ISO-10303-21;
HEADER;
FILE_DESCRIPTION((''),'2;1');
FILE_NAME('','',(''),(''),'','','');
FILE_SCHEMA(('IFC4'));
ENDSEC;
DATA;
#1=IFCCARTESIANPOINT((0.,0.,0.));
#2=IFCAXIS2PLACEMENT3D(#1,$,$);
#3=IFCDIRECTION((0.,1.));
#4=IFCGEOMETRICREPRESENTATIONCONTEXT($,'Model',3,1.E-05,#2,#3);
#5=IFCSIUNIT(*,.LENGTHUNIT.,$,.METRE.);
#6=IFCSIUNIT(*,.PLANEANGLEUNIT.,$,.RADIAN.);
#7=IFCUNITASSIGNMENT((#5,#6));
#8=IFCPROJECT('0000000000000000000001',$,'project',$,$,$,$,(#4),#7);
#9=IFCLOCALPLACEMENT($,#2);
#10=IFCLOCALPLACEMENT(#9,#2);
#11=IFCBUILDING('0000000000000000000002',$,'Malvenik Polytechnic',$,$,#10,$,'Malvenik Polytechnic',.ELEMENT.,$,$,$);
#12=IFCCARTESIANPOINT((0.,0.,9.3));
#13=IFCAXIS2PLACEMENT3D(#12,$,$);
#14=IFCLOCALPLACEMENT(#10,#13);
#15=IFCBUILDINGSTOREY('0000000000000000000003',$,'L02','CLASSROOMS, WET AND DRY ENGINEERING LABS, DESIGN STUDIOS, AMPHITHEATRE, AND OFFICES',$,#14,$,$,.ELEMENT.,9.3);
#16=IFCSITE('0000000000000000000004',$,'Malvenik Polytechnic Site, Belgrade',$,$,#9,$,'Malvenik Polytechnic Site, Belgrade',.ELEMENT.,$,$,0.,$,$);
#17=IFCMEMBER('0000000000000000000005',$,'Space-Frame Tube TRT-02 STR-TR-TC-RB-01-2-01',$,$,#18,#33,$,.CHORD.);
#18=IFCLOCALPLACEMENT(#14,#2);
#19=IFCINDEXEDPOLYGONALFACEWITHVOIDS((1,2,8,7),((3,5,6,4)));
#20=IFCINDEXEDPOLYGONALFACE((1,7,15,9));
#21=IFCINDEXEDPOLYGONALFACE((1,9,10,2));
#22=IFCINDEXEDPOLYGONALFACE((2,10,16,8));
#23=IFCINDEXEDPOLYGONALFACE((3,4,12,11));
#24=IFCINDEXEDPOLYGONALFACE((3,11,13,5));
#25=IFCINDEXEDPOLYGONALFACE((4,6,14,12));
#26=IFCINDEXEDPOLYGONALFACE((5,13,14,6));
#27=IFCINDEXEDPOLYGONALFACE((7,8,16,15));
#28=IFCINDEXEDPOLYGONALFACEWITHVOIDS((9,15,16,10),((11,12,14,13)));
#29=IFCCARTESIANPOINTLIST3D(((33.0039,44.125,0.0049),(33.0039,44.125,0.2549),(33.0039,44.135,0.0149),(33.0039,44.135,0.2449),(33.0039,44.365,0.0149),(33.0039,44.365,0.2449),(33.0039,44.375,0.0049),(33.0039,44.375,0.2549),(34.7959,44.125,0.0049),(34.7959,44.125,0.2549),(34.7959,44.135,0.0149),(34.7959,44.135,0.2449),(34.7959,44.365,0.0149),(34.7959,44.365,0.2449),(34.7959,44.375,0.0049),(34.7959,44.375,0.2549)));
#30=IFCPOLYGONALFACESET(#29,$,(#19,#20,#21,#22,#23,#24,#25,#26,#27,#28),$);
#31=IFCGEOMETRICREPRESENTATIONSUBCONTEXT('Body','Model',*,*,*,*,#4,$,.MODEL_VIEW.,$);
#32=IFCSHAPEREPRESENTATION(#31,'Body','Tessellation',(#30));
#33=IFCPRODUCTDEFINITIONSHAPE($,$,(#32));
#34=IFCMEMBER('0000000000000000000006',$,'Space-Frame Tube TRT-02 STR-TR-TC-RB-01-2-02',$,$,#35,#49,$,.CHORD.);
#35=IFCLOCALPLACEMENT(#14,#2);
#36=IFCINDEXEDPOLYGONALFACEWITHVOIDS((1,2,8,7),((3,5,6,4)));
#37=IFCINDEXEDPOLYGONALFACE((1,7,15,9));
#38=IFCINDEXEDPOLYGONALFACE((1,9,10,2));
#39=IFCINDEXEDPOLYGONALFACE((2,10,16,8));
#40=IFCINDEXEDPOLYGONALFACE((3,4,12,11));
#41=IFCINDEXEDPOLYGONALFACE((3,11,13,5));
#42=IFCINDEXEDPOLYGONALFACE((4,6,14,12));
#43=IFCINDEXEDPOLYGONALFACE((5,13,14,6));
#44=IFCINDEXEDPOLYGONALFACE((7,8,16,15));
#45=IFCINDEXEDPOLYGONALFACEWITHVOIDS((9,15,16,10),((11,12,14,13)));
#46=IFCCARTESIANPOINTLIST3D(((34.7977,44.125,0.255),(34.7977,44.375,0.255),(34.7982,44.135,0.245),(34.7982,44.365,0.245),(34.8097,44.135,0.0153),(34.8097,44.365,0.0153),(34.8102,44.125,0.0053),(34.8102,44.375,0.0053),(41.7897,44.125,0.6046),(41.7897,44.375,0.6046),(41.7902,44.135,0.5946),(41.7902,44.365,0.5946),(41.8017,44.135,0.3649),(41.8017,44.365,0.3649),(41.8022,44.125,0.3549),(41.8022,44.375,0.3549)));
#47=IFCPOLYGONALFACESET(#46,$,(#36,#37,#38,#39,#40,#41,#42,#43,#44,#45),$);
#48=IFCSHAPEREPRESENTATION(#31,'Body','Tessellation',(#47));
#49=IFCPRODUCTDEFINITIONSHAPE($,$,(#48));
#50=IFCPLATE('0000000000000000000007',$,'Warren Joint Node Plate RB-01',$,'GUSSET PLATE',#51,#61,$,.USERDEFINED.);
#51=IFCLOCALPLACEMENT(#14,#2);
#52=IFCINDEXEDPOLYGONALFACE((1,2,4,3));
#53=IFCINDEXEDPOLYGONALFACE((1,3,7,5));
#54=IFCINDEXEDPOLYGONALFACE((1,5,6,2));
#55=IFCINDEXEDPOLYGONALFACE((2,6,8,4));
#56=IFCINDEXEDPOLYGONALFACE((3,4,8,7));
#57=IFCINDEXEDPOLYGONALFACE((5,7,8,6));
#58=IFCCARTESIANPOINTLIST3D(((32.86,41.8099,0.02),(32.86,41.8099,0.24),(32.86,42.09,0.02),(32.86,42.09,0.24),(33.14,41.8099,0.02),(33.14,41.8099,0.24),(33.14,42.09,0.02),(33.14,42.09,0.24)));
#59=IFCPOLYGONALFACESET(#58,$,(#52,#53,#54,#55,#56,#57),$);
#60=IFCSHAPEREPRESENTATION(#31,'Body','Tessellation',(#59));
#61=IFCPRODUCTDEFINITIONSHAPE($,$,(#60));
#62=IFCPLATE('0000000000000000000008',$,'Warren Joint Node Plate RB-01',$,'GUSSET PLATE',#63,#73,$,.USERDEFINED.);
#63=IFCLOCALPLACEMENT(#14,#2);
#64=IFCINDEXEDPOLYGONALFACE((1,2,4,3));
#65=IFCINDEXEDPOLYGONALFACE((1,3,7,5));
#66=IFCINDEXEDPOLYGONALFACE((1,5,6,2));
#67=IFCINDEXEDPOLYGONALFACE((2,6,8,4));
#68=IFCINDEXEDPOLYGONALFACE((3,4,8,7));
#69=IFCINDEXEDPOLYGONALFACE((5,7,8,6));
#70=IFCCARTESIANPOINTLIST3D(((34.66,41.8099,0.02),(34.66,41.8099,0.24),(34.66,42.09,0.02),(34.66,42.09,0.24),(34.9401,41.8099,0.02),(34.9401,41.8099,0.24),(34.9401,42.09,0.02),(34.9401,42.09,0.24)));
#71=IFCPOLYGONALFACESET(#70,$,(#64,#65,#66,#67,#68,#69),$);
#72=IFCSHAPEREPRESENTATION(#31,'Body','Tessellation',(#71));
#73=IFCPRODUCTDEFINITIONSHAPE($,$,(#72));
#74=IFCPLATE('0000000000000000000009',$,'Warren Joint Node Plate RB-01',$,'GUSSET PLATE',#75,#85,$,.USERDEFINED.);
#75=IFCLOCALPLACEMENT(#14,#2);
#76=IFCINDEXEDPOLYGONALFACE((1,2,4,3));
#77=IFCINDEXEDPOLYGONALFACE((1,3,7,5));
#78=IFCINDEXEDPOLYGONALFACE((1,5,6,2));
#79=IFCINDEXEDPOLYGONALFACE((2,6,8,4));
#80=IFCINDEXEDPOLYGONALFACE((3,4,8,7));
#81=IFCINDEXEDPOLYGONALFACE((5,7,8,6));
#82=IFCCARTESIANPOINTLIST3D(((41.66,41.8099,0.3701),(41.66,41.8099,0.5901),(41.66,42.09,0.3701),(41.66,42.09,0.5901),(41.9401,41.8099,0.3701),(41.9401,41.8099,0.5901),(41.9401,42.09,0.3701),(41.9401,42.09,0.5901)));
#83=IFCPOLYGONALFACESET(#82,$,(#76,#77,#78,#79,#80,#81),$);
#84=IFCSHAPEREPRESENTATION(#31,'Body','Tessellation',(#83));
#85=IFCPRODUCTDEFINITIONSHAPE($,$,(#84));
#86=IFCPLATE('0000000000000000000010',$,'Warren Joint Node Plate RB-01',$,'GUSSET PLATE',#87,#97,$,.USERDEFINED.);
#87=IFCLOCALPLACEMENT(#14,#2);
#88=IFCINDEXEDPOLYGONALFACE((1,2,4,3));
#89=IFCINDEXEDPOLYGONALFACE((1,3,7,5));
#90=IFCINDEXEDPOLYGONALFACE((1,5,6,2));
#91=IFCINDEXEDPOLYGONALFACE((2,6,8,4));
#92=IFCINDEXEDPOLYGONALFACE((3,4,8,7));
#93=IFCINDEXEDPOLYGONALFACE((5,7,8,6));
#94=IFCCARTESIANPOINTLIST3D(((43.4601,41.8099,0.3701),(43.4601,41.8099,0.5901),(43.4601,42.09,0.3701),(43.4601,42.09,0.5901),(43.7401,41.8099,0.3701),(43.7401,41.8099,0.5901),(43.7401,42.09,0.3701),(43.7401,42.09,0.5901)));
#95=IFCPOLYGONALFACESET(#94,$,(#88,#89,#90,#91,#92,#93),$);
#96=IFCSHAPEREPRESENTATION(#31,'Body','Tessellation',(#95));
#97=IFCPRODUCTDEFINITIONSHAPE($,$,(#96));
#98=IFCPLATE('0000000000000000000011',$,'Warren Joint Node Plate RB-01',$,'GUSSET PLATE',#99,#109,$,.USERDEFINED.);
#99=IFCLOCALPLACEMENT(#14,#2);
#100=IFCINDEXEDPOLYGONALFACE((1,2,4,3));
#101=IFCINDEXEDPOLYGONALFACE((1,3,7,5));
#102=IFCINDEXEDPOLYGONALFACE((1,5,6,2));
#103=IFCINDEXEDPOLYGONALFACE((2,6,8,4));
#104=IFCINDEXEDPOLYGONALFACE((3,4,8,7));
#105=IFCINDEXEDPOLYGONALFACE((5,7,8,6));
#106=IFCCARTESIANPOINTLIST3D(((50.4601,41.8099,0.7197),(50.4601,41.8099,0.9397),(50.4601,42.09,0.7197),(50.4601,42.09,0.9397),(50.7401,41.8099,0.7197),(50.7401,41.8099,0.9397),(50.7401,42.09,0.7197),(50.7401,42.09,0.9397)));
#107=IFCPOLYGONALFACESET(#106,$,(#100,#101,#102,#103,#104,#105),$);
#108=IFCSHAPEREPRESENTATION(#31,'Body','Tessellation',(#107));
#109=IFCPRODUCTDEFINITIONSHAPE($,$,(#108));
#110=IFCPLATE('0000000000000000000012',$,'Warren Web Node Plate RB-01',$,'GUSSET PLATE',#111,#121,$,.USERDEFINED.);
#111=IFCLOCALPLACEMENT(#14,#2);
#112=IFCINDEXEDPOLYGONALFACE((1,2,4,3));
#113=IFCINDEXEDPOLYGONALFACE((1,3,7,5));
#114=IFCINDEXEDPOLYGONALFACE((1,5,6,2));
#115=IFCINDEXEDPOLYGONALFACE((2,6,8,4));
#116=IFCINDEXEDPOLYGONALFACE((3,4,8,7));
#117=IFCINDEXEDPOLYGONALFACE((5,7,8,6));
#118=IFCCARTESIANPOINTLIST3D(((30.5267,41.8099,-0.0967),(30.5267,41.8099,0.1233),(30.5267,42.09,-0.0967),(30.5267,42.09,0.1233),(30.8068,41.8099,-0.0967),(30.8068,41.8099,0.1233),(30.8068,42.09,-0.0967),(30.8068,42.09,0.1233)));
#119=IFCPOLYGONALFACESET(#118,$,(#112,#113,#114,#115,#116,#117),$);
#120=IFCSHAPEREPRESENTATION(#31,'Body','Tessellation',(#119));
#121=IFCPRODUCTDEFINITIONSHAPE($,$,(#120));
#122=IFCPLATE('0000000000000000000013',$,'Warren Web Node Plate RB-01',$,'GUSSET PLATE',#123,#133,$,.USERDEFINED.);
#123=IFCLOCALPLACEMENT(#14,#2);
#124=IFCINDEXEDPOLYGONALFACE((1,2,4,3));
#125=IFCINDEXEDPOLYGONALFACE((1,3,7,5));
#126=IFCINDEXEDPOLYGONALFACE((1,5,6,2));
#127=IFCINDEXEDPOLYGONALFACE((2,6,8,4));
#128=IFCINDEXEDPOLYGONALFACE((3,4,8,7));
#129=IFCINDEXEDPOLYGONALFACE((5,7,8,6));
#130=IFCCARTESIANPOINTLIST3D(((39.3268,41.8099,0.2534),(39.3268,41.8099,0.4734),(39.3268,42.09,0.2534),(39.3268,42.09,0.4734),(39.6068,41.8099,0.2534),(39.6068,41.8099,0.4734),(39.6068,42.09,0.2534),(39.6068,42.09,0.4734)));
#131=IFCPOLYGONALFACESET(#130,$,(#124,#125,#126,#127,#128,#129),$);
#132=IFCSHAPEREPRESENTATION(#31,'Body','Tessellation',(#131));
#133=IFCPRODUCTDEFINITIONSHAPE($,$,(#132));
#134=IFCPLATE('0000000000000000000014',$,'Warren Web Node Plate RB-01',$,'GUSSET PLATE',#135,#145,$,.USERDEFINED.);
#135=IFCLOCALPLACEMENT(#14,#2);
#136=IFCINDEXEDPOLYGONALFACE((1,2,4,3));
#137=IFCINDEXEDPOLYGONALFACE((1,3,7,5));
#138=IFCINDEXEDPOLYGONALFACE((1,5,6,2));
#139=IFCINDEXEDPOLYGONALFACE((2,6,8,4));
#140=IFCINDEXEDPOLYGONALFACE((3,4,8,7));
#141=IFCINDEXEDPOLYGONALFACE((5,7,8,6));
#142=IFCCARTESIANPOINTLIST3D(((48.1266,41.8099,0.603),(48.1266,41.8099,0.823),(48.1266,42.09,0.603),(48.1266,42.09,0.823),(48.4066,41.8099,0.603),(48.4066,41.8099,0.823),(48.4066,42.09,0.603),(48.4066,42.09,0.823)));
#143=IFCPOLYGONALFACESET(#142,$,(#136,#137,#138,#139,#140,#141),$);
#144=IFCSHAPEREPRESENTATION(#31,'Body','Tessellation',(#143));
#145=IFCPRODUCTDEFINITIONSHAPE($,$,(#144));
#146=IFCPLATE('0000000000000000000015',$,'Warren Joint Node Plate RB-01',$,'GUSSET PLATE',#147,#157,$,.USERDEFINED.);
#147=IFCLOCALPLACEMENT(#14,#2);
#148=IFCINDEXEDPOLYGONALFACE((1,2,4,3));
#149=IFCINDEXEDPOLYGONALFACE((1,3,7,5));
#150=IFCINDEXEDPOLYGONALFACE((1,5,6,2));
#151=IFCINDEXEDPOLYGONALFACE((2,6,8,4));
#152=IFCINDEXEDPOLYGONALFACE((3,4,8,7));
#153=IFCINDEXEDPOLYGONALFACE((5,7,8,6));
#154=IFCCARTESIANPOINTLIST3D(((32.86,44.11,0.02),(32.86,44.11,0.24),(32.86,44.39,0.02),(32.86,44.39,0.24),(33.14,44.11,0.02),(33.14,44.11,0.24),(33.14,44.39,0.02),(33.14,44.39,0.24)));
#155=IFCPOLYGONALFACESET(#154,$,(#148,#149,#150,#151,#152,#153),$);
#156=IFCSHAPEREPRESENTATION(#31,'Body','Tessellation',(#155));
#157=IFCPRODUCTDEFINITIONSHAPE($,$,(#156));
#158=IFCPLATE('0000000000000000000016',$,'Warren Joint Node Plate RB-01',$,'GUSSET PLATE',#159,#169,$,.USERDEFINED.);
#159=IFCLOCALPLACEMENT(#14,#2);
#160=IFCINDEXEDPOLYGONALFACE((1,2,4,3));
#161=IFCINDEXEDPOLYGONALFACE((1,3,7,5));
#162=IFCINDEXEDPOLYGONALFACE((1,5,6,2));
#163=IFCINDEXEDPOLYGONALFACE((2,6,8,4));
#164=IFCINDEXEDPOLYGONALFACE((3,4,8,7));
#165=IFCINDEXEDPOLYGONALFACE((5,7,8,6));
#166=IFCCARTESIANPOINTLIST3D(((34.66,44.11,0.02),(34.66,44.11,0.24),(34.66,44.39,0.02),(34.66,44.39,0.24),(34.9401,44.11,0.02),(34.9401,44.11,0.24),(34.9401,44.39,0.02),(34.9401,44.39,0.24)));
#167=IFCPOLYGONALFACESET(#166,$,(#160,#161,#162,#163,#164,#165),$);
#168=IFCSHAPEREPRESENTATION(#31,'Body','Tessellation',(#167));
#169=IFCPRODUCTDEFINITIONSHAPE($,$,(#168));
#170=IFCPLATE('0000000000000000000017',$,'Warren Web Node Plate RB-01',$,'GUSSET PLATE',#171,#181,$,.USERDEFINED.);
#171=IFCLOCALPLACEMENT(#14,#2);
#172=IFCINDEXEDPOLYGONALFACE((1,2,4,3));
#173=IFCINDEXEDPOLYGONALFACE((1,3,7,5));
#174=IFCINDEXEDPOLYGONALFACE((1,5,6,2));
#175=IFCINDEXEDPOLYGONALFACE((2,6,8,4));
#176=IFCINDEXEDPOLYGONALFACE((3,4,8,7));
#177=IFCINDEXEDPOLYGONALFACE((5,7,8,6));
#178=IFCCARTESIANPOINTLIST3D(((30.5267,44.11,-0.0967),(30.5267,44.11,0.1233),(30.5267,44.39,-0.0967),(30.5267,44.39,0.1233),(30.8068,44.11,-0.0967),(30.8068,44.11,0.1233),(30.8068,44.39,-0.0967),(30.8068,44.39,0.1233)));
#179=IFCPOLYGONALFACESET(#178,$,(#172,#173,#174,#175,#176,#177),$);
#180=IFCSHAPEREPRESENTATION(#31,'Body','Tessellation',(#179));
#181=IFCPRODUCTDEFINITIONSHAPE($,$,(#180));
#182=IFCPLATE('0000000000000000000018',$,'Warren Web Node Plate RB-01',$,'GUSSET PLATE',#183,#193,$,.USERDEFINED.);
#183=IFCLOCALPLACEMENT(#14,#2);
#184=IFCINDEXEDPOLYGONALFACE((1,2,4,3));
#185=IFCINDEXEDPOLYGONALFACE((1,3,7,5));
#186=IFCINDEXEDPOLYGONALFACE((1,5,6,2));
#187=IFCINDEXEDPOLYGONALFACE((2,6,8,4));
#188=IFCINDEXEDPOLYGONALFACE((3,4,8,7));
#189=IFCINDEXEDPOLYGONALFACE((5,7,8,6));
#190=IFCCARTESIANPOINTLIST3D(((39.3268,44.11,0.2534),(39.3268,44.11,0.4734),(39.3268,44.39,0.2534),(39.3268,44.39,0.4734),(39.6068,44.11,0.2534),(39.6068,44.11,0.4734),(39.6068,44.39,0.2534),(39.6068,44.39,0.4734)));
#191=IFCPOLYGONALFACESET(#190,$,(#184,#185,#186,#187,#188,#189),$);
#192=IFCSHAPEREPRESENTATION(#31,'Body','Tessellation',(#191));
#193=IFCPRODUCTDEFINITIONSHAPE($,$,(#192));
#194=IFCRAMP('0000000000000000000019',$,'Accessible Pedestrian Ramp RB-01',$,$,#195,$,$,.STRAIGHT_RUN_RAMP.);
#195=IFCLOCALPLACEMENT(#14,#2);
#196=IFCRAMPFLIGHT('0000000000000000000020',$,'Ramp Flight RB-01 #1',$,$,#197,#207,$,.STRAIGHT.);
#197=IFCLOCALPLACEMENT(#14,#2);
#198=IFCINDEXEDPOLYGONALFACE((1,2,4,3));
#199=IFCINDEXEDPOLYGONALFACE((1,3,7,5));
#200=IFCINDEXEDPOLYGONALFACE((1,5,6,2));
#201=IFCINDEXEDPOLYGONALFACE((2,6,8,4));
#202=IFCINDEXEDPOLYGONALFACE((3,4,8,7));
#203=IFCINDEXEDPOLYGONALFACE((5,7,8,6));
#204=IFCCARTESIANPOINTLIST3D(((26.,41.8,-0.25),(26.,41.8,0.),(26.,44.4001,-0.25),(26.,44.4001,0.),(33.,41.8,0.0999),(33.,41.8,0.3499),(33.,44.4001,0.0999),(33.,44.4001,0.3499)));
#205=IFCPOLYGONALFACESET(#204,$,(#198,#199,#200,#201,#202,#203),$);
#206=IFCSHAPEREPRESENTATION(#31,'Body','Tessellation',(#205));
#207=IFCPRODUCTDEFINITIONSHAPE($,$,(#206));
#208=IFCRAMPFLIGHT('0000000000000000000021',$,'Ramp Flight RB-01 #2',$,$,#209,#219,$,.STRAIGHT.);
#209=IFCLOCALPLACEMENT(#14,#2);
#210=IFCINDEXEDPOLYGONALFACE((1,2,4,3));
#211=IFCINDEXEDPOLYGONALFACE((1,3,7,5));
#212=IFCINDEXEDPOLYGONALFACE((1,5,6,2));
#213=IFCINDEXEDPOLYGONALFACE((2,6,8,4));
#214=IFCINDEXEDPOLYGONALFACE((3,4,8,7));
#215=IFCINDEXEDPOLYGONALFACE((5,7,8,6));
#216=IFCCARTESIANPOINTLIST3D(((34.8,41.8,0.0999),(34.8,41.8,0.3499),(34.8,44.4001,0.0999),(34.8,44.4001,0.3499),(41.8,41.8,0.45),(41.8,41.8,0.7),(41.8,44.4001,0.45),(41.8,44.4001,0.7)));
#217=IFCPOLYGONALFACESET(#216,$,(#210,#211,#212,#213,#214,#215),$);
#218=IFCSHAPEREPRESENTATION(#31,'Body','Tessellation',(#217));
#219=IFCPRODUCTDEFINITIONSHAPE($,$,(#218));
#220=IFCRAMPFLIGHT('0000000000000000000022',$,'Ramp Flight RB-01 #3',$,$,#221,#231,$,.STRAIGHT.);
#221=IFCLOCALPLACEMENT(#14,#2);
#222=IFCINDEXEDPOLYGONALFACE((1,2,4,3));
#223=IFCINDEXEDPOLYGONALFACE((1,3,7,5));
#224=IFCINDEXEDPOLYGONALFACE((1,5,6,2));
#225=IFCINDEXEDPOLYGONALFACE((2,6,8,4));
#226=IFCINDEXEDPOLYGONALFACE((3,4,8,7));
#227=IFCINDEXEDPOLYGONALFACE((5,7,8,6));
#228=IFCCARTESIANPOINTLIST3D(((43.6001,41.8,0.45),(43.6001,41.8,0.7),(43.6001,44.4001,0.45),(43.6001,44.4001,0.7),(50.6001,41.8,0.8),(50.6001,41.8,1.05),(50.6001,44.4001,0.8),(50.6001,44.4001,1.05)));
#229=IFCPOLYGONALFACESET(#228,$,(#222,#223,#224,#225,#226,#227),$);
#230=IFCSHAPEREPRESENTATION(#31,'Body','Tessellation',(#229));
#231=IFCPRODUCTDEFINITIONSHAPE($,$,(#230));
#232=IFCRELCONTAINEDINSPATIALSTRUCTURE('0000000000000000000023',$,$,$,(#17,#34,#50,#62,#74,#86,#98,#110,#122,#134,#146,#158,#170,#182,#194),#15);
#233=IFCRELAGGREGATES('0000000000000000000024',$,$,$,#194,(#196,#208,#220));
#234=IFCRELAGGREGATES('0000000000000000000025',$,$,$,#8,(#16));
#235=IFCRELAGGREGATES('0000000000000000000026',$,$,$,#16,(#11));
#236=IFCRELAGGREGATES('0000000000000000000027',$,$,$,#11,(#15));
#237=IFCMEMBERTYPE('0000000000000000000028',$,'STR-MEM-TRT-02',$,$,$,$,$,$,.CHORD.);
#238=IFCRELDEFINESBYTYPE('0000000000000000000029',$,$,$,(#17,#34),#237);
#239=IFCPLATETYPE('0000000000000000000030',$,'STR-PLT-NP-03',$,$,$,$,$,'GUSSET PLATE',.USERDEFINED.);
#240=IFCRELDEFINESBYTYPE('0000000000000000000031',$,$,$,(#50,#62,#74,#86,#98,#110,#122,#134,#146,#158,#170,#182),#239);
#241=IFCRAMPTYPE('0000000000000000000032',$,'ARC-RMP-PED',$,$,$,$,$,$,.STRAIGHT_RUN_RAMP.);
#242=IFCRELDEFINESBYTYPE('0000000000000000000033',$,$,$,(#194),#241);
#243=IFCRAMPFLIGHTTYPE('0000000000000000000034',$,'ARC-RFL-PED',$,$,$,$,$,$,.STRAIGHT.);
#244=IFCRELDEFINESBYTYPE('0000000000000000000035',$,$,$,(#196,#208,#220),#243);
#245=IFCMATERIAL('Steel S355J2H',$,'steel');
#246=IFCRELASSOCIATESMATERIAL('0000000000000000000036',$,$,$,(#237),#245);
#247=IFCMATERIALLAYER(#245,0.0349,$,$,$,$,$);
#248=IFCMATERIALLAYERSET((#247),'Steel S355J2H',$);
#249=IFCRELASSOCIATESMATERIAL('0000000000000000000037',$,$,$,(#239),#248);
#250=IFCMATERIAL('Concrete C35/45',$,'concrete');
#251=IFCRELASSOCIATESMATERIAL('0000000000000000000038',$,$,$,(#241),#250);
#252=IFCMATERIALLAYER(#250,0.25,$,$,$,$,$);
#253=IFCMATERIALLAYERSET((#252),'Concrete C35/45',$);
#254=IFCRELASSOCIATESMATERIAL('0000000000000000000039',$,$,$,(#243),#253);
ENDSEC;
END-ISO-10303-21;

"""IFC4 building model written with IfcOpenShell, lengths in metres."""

from ifc_helpers import new_model, si_unit, direction, frame, origin, origin_2d, place, context, subcontext, project, spatial, polyline, rectangle, hollow_rectangle, outline, extrude, material, layer, layer_set, material_profile, profile_set, type_object, element, aggregate, save


model = new_model("IFC4")

# Units and contexts
model_context = context("Model", 3, precision=1e-05, world=origin(), true_north=direction((0.0, 1.0)))
body_context = subcontext(model_context, "Body", "Model", "MODEL_VIEW")
ifc_project = project(units=[si_unit("LENGTHUNIT", "METRE"), si_unit("PLANEANGLEUNIT", "RADIAN")], contexts=[model_context])

# Site, building, storey
site_placement = place(None, origin())
site = spatial("IfcSite", under=ifc_project, at=site_placement, Name="Malvenik Polytechnic Site, Belgrade", LongName="Malvenik Polytechnic Site, Belgrade", CompositionType="ELEMENT", RefElevation=0.0)
building_placement = place(site_placement, origin())
building = spatial("IfcBuilding", under=site, at=building_placement, Name="Malvenik Polytechnic", LongName="Malvenik Polytechnic", CompositionType="ELEMENT")
storey_placement = place(building_placement, frame((0.0, 0.0, 9.3)))
storey = spatial("IfcBuildingStorey", under=building, at=storey_placement, Name="L02", Description="CLASSROOMS, WET AND DRY ENGINEERING LABS, DESIGN STUDIOS, AMPHITHEATRE, AND OFFICES", CompositionType="ELEMENT", Elevation=9.3)

# Shared definitions
ifc_material_1 = material(Name="Steel S355J2H", Category="steel")

# Members
ifc_material_profile_1 = material_profile(ifc_material_1, hollow_rectangle(XDim=0.25, YDim=0.25, WallThickness=0.01, at=origin_2d()), Name="SHS 250x250x10.0")
ifc_profile_set_1 = profile_set([ifc_material_profile_1], Name="Steel S355J2H")
member_type_1 = type_object("IfcMemberType", Name="STR-MEM-TRT-02", PredefinedType="CHORD", material=ifc_profile_set_1)
member_1_placement = place(storey_placement, frame((33.0039, 44.25, 0.1299), z_axis=(1.0, 0.0, 0.0), x_axis=(0.0, 1.0, 0.0)))
element("IfcMember", 1, at=member_1_placement, inside=storey, type_object=member_type_1, Name="Space-Frame Tube TRT-02 STR-TR-TC-RB-01-2-01", PredefinedType="CHORD", context=body_context, shape_type="SweptSolid", body=[
    extrude(hollow_rectangle(XDim=0.25, YDim=0.25, WallThickness=0.01, at=origin_2d()), origin(), (0.0, 0.0, 1.0), 1.792),
])
member_2_placement = place(storey_placement, frame((34.804, 44.25, 0.1301), z_axis=(0.998752, 0.0, 0.049939), x_axis=(0.0, 1.0, 0.0)))
element("IfcMember", 2, at=member_2_placement, inside=storey, type_object=member_type_1, Name="Space-Frame Tube TRT-02 STR-TR-TC-RB-01-2-02", PredefinedType="CHORD", context=body_context, shape_type="SweptSolid", body=[
    extrude(hollow_rectangle(XDim=0.25, YDim=0.25, WallThickness=0.01, at=origin_2d()), origin(), (0.0, 0.0, 1.0), 7.0007),
])

# Plates
ifc_layer_1 = layer(ifc_material_1, 0.0349)
ifc_layer_set_1 = layer_set([ifc_layer_1], Name="Steel S355J2H")
plate_type = type_object("IfcPlateType", Name="STR-PLT-NP-03", ElementType="GUSSET PLATE", PredefinedType="USERDEFINED", material=ifc_layer_set_1)
for number, where, z_axis, x_axis, name in (
    (3, (33.0, 41.95, 0.02), (0.0, 0.0, 1.0), (1.0, 0.0, 0.0), "Warren Joint Node Plate RB-01"),
    (4, (34.8, 41.95, 0.02), (0.0, 0.0, 1.0), (1.0, 0.0, 0.0), "Warren Joint Node Plate RB-01"),
    (5, (41.8, 41.95, 0.3701), (0.0, 0.0, 1.0), (1.0, 0.0, 0.0), "Warren Joint Node Plate RB-01"),
    (6, (43.6001, 41.95, 0.3701), (0.0, 0.0, 1.0), (1.0, 0.0, 0.0), "Warren Joint Node Plate RB-01"),
    (7, (50.6001, 41.95, 0.7197), (0.0, 0.0, 1.0), (1.0, 0.0, 0.0), "Warren Joint Node Plate RB-01"),
    (8, (30.6667, 41.95, -0.0967), (0.0, 0.0, 1.0), (1.0, 0.0, 0.0), "Warren Web Node Plate RB-01"),
    (9, (39.4668, 41.95, 0.2534), (0.0, 0.0, 1.0), (1.0, 0.0, 0.0), "Warren Web Node Plate RB-01"),
    (10, (48.2666, 41.95, 0.603), (0.0, 0.0, 1.0), (1.0, 0.0, 0.0), "Warren Web Node Plate RB-01"),
    (11, (33.0, 44.25, 0.02), (0.0, 0.0, 1.0), (1.0, 0.0, 0.0), "Warren Joint Node Plate RB-01"),
    (12, (34.8, 44.25, 0.02), (0.0, 0.0, 1.0), (1.0, 0.0, 0.0), "Warren Joint Node Plate RB-01"),
    (13, (30.6667, 44.25, -0.0967), (0.0, 0.0, 1.0), (1.0, 0.0, 0.0), "Warren Web Node Plate RB-01"),
    (14, (39.4668, 44.25, 0.2534), (0.0, 0.0, 1.0), (1.0, 0.0, 0.0), "Warren Web Node Plate RB-01"),
):
    element("IfcPlate", number, at=place(storey_placement, frame(where, z_axis=z_axis, x_axis=x_axis)), inside=storey, type_object=plate_type, Name=name, ObjectType="GUSSET PLATE", PredefinedType="USERDEFINED", context=body_context, shape_type="SweptSolid", body=[
        extrude(rectangle(XDim=0.28, YDim=0.28, at=origin_2d()), origin(), (0.0, 0.0, 1.0), 0.22),
    ])

# Ramp, ramp flights
ifc_material_2 = material(Name="Concrete C35/45", Category="concrete")
ramp_type = type_object("IfcRampType", Name="ARC-RMP-PED", PredefinedType="STRAIGHT_RUN_RAMP", material=ifc_material_2)
ramp_placement = place(storey_placement, origin())
ramp = element("IfcRamp", 15, at=ramp_placement, inside=storey, type_object=ramp_type, Name="Accessible Pedestrian Ramp RB-01", PredefinedType="STRAIGHT_RUN_RAMP")
ifc_layer_2 = layer(ifc_material_2, 0.25)
ifc_layer_set_2 = layer_set([ifc_layer_2], Name="Concrete C35/45")
ramp_flight_type = type_object("IfcRampFlightType", Name="ARC-RFL-PED", PredefinedType="STRAIGHT", material=ifc_layer_set_2)
ramp_flight_1_placement = place(storey_placement, frame((26.0, 43.1001, 0.0), z_axis=(0.0, 0.0, 1.0), x_axis=(1.0, 0.0, 0.0)))
ramp_flight_1 = element("IfcRampFlight", 16, at=ramp_flight_1_placement, type_object=ramp_flight_type, Name="Ramp Flight RB-01 #1", PredefinedType="STRAIGHT", context=body_context, shape_type="SweptSolid", body=[
    extrude(outline(polyline([(0.0, -0.25), (7.0, 0.0999), (7.0, 0.3499), (0.0, 0.0), (0.0, -0.25)])), frame((0.0, 1.3, 0.0), z_axis=(0.0, -1.0, 0.0), x_axis=(1.0, 0.0, 0.0)), (0.0, 0.0, 1.0), 2.6001),
])
ramp_flight_2_placement = place(storey_placement, frame((34.8, 43.1001, 0.3499), z_axis=(0.0, 0.0, 1.0), x_axis=(1.0, 0.0, 0.0)))
ramp_flight_2 = element("IfcRampFlight", 17, at=ramp_flight_2_placement, type_object=ramp_flight_type, Name="Ramp Flight RB-01 #2", PredefinedType="STRAIGHT", context=body_context, shape_type="SweptSolid", body=[
    extrude(outline(polyline([(0.0, -0.25), (7.0, 0.1001), (7.0, 0.3501), (0.0, 0.0), (0.0, -0.25)])), frame((0.0, 1.3, 0.0), z_axis=(0.0, -1.0, 0.0), x_axis=(1.0, 0.0, 0.0)), (0.0, 0.0, 1.0), 2.6001),
])
ramp_flight_3_placement = place(storey_placement, frame((43.6001, 43.1001, 0.7), z_axis=(0.0, 0.0, 1.0), x_axis=(1.0, 0.0, 0.0)))
ramp_flight_3 = element("IfcRampFlight", 18, at=ramp_flight_3_placement, type_object=ramp_flight_type, Name="Ramp Flight RB-01 #3", PredefinedType="STRAIGHT", context=body_context, shape_type="SweptSolid", body=[
    extrude(outline(polyline([(0.0, -0.25), (7.0, 0.1001), (7.0, 0.3501), (0.0, 0.0), (0.0, -0.25)])), frame((0.0, 1.3, 0.0), z_axis=(0.0, -1.0, 0.0), x_axis=(1.0, 0.0, 0.0)), (0.0, 0.0, 1.0), 2.6001),
])
aggregate(ramp, [ramp_flight_1, ramp_flight_2, ramp_flight_3])

save(model, "model.ifc")
